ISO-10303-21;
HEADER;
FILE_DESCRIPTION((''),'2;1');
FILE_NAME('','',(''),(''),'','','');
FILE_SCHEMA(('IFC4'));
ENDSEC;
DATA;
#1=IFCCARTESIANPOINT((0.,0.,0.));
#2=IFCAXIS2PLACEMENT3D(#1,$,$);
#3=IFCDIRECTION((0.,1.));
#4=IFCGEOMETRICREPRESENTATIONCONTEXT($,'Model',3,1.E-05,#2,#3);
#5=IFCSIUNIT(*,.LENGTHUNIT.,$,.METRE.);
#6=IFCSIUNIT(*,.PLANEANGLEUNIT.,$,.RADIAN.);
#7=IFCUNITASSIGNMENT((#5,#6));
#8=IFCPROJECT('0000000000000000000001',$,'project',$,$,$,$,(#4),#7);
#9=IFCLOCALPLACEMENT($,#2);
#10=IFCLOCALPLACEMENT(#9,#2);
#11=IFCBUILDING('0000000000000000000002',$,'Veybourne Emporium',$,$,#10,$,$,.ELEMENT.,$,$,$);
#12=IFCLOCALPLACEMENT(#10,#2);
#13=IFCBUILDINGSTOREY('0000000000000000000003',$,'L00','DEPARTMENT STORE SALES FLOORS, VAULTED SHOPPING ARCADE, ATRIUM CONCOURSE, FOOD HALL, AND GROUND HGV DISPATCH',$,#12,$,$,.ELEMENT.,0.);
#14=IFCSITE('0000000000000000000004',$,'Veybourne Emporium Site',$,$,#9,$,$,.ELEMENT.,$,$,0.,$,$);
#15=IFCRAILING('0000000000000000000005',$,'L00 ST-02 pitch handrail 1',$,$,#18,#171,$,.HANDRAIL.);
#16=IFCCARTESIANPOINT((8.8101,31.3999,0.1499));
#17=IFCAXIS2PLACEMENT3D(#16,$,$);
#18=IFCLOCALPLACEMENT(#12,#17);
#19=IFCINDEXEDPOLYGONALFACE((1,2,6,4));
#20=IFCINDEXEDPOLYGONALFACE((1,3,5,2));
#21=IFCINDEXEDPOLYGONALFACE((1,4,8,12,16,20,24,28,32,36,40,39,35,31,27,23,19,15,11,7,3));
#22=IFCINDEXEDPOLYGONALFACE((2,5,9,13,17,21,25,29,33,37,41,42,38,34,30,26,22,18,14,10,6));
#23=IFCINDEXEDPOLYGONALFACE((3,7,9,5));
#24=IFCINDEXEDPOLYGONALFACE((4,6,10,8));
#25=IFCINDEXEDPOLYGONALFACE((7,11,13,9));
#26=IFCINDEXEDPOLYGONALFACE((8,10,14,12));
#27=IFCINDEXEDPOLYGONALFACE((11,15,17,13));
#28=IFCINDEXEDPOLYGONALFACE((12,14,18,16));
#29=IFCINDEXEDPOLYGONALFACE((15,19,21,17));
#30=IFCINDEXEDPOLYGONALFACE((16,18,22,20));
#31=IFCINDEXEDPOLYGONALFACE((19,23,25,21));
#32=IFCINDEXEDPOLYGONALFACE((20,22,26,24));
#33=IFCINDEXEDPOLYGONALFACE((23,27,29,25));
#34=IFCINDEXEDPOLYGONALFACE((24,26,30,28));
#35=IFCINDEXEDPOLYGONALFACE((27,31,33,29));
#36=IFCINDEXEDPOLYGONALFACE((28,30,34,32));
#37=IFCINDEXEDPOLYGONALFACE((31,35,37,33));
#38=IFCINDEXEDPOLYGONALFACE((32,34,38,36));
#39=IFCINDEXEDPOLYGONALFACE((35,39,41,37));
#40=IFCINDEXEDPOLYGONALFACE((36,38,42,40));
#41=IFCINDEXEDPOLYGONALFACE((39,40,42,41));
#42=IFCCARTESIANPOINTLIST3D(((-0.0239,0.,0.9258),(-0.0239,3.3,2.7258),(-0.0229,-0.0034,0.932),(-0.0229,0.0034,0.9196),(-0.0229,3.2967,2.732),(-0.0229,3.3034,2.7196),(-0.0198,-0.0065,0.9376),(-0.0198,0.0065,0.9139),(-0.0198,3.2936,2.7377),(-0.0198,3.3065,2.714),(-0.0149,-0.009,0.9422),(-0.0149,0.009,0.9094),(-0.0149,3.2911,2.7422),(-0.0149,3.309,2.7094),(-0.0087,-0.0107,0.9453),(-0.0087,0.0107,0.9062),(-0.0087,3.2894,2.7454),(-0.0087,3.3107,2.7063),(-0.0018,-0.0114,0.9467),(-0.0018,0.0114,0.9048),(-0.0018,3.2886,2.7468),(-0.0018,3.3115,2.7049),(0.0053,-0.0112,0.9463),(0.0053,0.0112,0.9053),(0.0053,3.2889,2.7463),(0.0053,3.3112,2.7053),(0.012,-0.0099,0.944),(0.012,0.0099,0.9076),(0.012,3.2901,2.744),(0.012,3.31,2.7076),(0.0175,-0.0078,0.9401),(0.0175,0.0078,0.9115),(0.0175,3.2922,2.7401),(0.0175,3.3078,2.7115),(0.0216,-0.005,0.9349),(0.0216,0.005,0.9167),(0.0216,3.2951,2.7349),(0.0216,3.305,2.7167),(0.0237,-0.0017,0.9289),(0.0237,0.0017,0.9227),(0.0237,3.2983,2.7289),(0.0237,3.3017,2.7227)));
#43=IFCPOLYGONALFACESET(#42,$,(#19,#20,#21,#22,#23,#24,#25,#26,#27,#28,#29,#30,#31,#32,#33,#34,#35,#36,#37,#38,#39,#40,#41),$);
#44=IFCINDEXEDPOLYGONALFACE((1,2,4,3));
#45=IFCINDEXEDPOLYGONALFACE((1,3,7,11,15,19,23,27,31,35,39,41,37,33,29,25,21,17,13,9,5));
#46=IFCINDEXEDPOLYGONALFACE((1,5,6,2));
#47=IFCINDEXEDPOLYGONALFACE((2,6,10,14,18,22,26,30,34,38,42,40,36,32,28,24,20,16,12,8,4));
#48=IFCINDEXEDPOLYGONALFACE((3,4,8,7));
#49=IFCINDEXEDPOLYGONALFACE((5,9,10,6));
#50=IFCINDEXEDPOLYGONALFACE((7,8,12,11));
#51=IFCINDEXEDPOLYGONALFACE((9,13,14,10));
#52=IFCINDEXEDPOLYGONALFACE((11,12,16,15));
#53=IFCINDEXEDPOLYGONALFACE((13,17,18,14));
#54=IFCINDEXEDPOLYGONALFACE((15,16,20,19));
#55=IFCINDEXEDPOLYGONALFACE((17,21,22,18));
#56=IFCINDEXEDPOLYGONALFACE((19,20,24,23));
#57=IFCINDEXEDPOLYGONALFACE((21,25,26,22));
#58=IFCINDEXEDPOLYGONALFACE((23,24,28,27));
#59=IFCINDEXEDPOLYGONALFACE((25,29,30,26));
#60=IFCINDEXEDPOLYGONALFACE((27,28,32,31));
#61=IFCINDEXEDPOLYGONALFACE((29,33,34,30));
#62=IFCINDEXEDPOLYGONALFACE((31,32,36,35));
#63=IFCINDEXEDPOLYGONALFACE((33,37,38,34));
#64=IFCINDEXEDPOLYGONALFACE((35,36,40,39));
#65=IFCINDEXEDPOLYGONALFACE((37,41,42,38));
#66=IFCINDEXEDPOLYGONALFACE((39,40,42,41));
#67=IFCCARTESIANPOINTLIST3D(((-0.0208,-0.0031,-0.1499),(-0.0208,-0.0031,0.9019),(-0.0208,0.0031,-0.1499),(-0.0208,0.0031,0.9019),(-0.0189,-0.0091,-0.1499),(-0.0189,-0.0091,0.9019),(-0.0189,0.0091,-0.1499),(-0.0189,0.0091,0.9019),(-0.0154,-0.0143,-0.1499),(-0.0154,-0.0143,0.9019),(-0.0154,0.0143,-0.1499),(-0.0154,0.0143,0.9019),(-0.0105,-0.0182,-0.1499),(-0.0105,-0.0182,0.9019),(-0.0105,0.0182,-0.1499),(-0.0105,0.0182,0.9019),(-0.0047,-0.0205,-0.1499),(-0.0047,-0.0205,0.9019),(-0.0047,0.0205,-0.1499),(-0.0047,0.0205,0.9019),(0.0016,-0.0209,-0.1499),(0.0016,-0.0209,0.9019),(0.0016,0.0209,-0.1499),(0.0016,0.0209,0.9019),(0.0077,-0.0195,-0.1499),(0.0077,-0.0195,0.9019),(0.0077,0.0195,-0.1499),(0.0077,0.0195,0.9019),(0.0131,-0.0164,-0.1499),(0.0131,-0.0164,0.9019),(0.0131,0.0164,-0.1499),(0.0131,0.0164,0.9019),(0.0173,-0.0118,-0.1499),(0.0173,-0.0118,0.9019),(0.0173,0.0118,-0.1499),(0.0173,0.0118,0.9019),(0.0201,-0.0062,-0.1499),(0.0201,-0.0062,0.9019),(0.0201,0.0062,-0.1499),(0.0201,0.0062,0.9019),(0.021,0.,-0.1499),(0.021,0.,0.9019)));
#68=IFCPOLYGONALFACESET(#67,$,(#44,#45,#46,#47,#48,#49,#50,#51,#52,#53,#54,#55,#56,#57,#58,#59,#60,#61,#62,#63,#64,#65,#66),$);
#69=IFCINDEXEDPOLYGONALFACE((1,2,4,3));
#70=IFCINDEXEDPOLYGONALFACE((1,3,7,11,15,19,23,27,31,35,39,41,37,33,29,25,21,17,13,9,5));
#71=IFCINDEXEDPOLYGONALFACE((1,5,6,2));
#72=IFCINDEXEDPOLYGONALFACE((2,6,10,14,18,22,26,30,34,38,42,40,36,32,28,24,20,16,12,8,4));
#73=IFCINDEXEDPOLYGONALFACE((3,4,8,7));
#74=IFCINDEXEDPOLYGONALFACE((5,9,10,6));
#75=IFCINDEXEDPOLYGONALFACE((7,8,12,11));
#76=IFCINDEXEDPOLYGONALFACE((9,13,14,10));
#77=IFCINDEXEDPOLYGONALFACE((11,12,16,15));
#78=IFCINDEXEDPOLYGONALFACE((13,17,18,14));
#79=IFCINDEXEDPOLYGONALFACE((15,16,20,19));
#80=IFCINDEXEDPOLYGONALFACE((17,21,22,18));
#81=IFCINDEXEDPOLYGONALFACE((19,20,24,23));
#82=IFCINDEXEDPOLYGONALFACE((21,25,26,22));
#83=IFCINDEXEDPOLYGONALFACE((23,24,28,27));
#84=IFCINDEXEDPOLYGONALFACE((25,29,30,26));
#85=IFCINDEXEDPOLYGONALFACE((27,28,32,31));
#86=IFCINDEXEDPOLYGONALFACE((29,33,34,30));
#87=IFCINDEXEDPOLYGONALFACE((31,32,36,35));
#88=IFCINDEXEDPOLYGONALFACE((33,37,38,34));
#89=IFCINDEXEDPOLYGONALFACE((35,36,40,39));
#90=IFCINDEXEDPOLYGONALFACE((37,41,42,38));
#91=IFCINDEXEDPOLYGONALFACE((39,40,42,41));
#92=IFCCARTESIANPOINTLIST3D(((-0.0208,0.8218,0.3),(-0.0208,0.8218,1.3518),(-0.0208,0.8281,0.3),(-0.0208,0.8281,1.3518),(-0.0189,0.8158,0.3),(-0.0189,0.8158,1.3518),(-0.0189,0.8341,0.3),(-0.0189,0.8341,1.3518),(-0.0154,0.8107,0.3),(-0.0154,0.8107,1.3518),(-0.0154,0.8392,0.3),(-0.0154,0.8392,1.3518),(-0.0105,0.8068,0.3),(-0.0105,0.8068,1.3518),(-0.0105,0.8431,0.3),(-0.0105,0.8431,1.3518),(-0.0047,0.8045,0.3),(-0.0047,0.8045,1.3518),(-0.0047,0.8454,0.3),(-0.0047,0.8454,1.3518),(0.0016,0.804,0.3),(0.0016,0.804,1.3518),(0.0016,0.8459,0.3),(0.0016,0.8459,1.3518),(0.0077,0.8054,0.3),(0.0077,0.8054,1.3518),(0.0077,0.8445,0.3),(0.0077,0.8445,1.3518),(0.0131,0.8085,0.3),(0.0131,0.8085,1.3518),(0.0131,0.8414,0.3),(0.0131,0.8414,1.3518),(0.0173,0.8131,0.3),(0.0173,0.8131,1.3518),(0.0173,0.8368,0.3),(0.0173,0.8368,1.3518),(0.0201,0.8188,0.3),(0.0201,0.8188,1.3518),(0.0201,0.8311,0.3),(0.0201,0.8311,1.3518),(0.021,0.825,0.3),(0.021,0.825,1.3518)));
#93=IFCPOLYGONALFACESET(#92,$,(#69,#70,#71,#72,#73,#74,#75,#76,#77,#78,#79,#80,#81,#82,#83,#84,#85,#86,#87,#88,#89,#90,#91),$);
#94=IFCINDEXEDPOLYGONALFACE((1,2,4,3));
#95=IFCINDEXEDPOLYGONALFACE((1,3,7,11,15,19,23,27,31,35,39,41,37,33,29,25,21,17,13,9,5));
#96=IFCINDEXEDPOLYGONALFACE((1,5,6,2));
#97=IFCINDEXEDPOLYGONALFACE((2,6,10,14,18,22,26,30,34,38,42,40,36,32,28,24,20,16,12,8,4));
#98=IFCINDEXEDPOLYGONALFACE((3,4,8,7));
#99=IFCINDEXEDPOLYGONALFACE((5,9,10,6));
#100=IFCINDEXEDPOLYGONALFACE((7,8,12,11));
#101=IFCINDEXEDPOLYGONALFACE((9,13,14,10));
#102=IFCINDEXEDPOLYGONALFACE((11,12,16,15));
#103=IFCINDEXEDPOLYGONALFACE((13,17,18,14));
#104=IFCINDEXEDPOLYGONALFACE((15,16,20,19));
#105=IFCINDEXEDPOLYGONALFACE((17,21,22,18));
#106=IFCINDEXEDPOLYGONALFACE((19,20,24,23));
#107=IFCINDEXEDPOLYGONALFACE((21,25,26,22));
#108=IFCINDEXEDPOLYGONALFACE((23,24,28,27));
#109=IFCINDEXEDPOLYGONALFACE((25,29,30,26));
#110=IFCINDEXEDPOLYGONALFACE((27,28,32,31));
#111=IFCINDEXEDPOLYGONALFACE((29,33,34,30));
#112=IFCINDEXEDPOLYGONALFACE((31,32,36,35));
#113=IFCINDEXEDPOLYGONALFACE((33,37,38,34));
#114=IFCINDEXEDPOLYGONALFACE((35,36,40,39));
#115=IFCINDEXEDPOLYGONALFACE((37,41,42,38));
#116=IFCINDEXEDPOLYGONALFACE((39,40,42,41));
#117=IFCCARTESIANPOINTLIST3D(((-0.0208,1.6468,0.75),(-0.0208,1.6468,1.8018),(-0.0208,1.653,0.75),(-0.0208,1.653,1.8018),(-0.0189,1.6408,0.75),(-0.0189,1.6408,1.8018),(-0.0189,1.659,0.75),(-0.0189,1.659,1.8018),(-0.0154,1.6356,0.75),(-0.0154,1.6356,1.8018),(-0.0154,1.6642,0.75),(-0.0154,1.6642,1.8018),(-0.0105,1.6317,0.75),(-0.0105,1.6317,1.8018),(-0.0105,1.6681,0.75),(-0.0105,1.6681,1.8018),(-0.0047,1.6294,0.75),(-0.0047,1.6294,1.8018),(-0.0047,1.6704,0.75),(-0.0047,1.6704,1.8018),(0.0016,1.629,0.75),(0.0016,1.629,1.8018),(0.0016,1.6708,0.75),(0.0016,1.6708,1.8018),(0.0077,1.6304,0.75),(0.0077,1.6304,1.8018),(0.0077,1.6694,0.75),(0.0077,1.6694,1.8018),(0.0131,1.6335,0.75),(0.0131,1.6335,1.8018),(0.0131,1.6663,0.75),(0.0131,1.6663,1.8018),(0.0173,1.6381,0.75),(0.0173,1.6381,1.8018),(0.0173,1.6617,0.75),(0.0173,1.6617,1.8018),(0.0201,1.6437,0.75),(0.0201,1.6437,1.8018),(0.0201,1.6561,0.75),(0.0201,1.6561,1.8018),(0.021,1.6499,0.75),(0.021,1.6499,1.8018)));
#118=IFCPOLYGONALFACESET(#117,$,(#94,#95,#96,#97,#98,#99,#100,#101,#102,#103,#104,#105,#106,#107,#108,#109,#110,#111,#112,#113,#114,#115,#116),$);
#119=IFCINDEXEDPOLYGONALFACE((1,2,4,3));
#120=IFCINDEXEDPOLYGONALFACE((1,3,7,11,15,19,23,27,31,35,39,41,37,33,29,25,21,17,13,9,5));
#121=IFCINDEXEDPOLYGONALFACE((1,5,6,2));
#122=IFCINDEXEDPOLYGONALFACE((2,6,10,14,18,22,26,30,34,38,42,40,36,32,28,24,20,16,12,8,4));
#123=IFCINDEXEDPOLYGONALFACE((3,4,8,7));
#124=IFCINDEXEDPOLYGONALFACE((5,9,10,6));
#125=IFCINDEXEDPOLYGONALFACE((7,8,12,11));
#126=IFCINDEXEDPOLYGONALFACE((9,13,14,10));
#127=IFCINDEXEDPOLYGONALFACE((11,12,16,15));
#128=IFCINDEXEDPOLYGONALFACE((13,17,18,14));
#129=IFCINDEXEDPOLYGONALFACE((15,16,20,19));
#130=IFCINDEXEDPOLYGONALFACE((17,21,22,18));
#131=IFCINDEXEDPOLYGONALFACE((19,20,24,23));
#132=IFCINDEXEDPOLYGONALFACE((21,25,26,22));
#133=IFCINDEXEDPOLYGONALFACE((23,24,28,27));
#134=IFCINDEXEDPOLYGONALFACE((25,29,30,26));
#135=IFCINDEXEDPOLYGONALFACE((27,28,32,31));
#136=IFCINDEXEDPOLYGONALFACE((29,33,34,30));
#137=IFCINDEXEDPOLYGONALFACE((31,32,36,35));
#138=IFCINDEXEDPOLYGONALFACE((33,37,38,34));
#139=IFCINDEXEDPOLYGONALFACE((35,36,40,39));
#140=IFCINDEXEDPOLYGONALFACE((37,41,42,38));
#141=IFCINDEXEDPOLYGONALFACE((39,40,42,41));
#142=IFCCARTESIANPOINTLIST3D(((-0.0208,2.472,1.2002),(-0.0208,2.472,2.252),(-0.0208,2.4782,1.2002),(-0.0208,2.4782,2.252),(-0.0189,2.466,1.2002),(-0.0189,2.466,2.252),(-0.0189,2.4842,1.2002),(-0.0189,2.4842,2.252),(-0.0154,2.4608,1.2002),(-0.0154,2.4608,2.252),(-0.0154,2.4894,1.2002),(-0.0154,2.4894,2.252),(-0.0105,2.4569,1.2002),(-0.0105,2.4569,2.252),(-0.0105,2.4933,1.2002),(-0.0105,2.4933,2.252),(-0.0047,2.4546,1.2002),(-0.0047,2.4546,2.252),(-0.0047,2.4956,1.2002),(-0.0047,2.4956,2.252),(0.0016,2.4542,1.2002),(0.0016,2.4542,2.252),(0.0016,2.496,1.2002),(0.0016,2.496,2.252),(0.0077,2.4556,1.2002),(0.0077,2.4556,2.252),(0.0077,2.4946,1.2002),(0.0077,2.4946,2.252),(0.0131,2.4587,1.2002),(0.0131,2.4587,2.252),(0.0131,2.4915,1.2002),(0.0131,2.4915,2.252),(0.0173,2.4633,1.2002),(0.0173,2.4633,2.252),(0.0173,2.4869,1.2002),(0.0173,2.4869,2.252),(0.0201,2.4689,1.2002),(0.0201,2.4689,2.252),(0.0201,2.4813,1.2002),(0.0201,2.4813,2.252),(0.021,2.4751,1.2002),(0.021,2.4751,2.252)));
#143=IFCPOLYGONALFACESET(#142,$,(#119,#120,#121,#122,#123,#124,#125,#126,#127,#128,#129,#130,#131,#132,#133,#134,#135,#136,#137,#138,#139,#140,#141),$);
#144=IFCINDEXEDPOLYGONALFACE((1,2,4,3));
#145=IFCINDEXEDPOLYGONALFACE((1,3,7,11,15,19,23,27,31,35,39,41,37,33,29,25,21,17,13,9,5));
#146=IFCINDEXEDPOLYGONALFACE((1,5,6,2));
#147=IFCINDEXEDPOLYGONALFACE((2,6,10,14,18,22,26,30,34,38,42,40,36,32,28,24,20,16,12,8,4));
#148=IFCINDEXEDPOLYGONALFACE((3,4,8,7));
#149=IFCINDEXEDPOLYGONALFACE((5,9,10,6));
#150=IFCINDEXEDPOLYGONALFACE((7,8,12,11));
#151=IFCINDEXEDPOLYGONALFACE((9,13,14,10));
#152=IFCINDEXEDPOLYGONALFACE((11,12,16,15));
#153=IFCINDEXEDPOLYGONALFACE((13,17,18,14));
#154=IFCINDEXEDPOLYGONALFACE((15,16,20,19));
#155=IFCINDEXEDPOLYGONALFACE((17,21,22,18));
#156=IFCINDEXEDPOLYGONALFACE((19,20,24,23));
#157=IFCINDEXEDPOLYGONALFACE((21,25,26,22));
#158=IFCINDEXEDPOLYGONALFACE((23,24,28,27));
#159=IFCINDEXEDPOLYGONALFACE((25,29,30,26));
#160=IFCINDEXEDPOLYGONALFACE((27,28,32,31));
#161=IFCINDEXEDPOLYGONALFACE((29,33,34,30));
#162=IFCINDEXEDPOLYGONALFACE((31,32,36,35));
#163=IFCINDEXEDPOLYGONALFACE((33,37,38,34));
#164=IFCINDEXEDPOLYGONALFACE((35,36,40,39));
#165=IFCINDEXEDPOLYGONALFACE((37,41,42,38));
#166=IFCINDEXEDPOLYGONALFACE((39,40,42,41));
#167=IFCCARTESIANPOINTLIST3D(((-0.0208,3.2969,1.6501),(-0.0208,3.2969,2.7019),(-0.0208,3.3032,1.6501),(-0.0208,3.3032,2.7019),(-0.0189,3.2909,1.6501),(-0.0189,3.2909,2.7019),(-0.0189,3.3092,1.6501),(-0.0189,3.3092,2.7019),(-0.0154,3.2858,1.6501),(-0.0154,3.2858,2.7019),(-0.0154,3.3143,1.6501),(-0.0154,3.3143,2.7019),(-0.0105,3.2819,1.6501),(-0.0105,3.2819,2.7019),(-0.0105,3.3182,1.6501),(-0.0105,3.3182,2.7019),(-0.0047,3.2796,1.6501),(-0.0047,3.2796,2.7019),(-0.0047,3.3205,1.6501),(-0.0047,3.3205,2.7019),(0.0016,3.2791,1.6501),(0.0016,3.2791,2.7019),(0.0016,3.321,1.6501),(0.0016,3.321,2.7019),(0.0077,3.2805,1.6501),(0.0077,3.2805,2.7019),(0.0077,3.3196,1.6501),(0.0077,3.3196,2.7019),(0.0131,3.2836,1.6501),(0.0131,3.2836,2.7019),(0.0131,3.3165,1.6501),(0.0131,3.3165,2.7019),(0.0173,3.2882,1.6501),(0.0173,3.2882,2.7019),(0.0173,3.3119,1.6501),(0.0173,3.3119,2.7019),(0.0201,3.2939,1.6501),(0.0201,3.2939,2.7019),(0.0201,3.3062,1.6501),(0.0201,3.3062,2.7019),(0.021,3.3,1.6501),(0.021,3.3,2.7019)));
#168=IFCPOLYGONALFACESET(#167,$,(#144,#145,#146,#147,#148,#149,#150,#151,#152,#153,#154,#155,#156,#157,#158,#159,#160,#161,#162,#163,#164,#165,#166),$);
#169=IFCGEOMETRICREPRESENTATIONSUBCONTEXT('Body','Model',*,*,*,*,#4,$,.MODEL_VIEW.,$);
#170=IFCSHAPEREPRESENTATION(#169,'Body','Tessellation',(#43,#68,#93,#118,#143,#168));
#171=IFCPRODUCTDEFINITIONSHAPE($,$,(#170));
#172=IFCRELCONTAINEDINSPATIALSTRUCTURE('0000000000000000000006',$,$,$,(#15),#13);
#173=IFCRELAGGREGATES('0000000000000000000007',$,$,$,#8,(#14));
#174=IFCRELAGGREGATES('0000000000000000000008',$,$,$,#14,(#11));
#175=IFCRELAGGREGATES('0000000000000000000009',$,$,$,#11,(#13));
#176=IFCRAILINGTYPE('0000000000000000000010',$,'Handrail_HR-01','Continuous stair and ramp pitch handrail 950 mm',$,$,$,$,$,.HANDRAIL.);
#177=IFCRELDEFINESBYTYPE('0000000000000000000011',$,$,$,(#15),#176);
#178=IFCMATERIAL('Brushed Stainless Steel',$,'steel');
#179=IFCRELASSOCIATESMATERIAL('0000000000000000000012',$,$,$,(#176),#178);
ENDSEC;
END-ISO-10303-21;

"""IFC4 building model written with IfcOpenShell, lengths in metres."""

from ifc_helpers import new_model, si_unit, direction, frame, origin, origin_2d, place, context, subcontext, project, spatial, circle, extrude, material, type_object, element, save


model = new_model("IFC4")

# Units and contexts
model_context = context("Model", 3, precision=1e-05, world=origin(), true_north=direction((0.0, 1.0)))
body_context = subcontext(model_context, "Body", "Model", "MODEL_VIEW")
ifc_project = project(units=[si_unit("LENGTHUNIT", "METRE"), si_unit("PLANEANGLEUNIT", "RADIAN")], contexts=[model_context])

# Site, building, storey
site_placement = place(None, origin())
site = spatial("IfcSite", under=ifc_project, at=site_placement, Name="Veybourne Emporium Site", CompositionType="ELEMENT", RefElevation=0.0)
building_placement = place(site_placement, origin())
building = spatial("IfcBuilding", under=site, at=building_placement, Name="Veybourne Emporium", CompositionType="ELEMENT")
storey_placement = place(building_placement, origin())
storey = spatial("IfcBuildingStorey", under=building, at=storey_placement, Name="L00", Description="DEPARTMENT STORE SALES FLOORS, VAULTED SHOPPING ARCADE, ATRIUM CONCOURSE, FOOD HALL, AND GROUND HGV DISPATCH", CompositionType="ELEMENT", Elevation=0.0)

# Railing
ifc_material_1 = material(Name="Brushed Stainless Steel", Category="steel")
railing_type_1 = type_object("IfcRailingType", Name="Handrail_HR-01", Description="Continuous stair and ramp pitch handrail 950 mm", PredefinedType="HANDRAIL", material=ifc_material_1)
railing_1_placement = place(storey_placement, frame((8.8101, 31.3999, 0.1499)))
element("IfcRailing", 1, at=railing_1_placement, inside=storey, type_object=railing_type_1, Name="L00 ST-02 pitch handrail 1", PredefinedType="HANDRAIL", context=body_context, shape_type="SweptSolid", body=[
    extrude(circle(Radius=0.0239, at=origin_2d()), frame((0.0, 0.0, 0.9258), z_axis=(0.0, 0.877893, 0.478857), x_axis=(-1.0, 0.0, 0.0)), (0.0, 0.0, 1.0), 3.759),
    extrude(circle(Radius=0.021, at=origin_2d()), frame((0.0, 0.0, -0.1499)), (0.0, 0.0, 1.0), 1.0518),
    extrude(circle(Radius=0.021, at=origin_2d()), frame((0.0, 0.825, 0.3)), (0.0, 0.0, 1.0), 1.0518),
    extrude(circle(Radius=0.021, at=origin_2d()), frame((0.0, 1.6499, 0.75)), (0.0, 0.0, 1.0), 1.0518),
    extrude(circle(Radius=0.021, at=origin_2d()), frame((0.0, 2.4751, 1.2002)), (0.0, 0.0, 1.0), 1.0518),
    extrude(circle(Radius=0.021, at=origin_2d()), frame((0.0, 3.3, 1.6501)), (0.0, 0.0, 1.0), 1.0518),
])

save(model, "model.ifc")
